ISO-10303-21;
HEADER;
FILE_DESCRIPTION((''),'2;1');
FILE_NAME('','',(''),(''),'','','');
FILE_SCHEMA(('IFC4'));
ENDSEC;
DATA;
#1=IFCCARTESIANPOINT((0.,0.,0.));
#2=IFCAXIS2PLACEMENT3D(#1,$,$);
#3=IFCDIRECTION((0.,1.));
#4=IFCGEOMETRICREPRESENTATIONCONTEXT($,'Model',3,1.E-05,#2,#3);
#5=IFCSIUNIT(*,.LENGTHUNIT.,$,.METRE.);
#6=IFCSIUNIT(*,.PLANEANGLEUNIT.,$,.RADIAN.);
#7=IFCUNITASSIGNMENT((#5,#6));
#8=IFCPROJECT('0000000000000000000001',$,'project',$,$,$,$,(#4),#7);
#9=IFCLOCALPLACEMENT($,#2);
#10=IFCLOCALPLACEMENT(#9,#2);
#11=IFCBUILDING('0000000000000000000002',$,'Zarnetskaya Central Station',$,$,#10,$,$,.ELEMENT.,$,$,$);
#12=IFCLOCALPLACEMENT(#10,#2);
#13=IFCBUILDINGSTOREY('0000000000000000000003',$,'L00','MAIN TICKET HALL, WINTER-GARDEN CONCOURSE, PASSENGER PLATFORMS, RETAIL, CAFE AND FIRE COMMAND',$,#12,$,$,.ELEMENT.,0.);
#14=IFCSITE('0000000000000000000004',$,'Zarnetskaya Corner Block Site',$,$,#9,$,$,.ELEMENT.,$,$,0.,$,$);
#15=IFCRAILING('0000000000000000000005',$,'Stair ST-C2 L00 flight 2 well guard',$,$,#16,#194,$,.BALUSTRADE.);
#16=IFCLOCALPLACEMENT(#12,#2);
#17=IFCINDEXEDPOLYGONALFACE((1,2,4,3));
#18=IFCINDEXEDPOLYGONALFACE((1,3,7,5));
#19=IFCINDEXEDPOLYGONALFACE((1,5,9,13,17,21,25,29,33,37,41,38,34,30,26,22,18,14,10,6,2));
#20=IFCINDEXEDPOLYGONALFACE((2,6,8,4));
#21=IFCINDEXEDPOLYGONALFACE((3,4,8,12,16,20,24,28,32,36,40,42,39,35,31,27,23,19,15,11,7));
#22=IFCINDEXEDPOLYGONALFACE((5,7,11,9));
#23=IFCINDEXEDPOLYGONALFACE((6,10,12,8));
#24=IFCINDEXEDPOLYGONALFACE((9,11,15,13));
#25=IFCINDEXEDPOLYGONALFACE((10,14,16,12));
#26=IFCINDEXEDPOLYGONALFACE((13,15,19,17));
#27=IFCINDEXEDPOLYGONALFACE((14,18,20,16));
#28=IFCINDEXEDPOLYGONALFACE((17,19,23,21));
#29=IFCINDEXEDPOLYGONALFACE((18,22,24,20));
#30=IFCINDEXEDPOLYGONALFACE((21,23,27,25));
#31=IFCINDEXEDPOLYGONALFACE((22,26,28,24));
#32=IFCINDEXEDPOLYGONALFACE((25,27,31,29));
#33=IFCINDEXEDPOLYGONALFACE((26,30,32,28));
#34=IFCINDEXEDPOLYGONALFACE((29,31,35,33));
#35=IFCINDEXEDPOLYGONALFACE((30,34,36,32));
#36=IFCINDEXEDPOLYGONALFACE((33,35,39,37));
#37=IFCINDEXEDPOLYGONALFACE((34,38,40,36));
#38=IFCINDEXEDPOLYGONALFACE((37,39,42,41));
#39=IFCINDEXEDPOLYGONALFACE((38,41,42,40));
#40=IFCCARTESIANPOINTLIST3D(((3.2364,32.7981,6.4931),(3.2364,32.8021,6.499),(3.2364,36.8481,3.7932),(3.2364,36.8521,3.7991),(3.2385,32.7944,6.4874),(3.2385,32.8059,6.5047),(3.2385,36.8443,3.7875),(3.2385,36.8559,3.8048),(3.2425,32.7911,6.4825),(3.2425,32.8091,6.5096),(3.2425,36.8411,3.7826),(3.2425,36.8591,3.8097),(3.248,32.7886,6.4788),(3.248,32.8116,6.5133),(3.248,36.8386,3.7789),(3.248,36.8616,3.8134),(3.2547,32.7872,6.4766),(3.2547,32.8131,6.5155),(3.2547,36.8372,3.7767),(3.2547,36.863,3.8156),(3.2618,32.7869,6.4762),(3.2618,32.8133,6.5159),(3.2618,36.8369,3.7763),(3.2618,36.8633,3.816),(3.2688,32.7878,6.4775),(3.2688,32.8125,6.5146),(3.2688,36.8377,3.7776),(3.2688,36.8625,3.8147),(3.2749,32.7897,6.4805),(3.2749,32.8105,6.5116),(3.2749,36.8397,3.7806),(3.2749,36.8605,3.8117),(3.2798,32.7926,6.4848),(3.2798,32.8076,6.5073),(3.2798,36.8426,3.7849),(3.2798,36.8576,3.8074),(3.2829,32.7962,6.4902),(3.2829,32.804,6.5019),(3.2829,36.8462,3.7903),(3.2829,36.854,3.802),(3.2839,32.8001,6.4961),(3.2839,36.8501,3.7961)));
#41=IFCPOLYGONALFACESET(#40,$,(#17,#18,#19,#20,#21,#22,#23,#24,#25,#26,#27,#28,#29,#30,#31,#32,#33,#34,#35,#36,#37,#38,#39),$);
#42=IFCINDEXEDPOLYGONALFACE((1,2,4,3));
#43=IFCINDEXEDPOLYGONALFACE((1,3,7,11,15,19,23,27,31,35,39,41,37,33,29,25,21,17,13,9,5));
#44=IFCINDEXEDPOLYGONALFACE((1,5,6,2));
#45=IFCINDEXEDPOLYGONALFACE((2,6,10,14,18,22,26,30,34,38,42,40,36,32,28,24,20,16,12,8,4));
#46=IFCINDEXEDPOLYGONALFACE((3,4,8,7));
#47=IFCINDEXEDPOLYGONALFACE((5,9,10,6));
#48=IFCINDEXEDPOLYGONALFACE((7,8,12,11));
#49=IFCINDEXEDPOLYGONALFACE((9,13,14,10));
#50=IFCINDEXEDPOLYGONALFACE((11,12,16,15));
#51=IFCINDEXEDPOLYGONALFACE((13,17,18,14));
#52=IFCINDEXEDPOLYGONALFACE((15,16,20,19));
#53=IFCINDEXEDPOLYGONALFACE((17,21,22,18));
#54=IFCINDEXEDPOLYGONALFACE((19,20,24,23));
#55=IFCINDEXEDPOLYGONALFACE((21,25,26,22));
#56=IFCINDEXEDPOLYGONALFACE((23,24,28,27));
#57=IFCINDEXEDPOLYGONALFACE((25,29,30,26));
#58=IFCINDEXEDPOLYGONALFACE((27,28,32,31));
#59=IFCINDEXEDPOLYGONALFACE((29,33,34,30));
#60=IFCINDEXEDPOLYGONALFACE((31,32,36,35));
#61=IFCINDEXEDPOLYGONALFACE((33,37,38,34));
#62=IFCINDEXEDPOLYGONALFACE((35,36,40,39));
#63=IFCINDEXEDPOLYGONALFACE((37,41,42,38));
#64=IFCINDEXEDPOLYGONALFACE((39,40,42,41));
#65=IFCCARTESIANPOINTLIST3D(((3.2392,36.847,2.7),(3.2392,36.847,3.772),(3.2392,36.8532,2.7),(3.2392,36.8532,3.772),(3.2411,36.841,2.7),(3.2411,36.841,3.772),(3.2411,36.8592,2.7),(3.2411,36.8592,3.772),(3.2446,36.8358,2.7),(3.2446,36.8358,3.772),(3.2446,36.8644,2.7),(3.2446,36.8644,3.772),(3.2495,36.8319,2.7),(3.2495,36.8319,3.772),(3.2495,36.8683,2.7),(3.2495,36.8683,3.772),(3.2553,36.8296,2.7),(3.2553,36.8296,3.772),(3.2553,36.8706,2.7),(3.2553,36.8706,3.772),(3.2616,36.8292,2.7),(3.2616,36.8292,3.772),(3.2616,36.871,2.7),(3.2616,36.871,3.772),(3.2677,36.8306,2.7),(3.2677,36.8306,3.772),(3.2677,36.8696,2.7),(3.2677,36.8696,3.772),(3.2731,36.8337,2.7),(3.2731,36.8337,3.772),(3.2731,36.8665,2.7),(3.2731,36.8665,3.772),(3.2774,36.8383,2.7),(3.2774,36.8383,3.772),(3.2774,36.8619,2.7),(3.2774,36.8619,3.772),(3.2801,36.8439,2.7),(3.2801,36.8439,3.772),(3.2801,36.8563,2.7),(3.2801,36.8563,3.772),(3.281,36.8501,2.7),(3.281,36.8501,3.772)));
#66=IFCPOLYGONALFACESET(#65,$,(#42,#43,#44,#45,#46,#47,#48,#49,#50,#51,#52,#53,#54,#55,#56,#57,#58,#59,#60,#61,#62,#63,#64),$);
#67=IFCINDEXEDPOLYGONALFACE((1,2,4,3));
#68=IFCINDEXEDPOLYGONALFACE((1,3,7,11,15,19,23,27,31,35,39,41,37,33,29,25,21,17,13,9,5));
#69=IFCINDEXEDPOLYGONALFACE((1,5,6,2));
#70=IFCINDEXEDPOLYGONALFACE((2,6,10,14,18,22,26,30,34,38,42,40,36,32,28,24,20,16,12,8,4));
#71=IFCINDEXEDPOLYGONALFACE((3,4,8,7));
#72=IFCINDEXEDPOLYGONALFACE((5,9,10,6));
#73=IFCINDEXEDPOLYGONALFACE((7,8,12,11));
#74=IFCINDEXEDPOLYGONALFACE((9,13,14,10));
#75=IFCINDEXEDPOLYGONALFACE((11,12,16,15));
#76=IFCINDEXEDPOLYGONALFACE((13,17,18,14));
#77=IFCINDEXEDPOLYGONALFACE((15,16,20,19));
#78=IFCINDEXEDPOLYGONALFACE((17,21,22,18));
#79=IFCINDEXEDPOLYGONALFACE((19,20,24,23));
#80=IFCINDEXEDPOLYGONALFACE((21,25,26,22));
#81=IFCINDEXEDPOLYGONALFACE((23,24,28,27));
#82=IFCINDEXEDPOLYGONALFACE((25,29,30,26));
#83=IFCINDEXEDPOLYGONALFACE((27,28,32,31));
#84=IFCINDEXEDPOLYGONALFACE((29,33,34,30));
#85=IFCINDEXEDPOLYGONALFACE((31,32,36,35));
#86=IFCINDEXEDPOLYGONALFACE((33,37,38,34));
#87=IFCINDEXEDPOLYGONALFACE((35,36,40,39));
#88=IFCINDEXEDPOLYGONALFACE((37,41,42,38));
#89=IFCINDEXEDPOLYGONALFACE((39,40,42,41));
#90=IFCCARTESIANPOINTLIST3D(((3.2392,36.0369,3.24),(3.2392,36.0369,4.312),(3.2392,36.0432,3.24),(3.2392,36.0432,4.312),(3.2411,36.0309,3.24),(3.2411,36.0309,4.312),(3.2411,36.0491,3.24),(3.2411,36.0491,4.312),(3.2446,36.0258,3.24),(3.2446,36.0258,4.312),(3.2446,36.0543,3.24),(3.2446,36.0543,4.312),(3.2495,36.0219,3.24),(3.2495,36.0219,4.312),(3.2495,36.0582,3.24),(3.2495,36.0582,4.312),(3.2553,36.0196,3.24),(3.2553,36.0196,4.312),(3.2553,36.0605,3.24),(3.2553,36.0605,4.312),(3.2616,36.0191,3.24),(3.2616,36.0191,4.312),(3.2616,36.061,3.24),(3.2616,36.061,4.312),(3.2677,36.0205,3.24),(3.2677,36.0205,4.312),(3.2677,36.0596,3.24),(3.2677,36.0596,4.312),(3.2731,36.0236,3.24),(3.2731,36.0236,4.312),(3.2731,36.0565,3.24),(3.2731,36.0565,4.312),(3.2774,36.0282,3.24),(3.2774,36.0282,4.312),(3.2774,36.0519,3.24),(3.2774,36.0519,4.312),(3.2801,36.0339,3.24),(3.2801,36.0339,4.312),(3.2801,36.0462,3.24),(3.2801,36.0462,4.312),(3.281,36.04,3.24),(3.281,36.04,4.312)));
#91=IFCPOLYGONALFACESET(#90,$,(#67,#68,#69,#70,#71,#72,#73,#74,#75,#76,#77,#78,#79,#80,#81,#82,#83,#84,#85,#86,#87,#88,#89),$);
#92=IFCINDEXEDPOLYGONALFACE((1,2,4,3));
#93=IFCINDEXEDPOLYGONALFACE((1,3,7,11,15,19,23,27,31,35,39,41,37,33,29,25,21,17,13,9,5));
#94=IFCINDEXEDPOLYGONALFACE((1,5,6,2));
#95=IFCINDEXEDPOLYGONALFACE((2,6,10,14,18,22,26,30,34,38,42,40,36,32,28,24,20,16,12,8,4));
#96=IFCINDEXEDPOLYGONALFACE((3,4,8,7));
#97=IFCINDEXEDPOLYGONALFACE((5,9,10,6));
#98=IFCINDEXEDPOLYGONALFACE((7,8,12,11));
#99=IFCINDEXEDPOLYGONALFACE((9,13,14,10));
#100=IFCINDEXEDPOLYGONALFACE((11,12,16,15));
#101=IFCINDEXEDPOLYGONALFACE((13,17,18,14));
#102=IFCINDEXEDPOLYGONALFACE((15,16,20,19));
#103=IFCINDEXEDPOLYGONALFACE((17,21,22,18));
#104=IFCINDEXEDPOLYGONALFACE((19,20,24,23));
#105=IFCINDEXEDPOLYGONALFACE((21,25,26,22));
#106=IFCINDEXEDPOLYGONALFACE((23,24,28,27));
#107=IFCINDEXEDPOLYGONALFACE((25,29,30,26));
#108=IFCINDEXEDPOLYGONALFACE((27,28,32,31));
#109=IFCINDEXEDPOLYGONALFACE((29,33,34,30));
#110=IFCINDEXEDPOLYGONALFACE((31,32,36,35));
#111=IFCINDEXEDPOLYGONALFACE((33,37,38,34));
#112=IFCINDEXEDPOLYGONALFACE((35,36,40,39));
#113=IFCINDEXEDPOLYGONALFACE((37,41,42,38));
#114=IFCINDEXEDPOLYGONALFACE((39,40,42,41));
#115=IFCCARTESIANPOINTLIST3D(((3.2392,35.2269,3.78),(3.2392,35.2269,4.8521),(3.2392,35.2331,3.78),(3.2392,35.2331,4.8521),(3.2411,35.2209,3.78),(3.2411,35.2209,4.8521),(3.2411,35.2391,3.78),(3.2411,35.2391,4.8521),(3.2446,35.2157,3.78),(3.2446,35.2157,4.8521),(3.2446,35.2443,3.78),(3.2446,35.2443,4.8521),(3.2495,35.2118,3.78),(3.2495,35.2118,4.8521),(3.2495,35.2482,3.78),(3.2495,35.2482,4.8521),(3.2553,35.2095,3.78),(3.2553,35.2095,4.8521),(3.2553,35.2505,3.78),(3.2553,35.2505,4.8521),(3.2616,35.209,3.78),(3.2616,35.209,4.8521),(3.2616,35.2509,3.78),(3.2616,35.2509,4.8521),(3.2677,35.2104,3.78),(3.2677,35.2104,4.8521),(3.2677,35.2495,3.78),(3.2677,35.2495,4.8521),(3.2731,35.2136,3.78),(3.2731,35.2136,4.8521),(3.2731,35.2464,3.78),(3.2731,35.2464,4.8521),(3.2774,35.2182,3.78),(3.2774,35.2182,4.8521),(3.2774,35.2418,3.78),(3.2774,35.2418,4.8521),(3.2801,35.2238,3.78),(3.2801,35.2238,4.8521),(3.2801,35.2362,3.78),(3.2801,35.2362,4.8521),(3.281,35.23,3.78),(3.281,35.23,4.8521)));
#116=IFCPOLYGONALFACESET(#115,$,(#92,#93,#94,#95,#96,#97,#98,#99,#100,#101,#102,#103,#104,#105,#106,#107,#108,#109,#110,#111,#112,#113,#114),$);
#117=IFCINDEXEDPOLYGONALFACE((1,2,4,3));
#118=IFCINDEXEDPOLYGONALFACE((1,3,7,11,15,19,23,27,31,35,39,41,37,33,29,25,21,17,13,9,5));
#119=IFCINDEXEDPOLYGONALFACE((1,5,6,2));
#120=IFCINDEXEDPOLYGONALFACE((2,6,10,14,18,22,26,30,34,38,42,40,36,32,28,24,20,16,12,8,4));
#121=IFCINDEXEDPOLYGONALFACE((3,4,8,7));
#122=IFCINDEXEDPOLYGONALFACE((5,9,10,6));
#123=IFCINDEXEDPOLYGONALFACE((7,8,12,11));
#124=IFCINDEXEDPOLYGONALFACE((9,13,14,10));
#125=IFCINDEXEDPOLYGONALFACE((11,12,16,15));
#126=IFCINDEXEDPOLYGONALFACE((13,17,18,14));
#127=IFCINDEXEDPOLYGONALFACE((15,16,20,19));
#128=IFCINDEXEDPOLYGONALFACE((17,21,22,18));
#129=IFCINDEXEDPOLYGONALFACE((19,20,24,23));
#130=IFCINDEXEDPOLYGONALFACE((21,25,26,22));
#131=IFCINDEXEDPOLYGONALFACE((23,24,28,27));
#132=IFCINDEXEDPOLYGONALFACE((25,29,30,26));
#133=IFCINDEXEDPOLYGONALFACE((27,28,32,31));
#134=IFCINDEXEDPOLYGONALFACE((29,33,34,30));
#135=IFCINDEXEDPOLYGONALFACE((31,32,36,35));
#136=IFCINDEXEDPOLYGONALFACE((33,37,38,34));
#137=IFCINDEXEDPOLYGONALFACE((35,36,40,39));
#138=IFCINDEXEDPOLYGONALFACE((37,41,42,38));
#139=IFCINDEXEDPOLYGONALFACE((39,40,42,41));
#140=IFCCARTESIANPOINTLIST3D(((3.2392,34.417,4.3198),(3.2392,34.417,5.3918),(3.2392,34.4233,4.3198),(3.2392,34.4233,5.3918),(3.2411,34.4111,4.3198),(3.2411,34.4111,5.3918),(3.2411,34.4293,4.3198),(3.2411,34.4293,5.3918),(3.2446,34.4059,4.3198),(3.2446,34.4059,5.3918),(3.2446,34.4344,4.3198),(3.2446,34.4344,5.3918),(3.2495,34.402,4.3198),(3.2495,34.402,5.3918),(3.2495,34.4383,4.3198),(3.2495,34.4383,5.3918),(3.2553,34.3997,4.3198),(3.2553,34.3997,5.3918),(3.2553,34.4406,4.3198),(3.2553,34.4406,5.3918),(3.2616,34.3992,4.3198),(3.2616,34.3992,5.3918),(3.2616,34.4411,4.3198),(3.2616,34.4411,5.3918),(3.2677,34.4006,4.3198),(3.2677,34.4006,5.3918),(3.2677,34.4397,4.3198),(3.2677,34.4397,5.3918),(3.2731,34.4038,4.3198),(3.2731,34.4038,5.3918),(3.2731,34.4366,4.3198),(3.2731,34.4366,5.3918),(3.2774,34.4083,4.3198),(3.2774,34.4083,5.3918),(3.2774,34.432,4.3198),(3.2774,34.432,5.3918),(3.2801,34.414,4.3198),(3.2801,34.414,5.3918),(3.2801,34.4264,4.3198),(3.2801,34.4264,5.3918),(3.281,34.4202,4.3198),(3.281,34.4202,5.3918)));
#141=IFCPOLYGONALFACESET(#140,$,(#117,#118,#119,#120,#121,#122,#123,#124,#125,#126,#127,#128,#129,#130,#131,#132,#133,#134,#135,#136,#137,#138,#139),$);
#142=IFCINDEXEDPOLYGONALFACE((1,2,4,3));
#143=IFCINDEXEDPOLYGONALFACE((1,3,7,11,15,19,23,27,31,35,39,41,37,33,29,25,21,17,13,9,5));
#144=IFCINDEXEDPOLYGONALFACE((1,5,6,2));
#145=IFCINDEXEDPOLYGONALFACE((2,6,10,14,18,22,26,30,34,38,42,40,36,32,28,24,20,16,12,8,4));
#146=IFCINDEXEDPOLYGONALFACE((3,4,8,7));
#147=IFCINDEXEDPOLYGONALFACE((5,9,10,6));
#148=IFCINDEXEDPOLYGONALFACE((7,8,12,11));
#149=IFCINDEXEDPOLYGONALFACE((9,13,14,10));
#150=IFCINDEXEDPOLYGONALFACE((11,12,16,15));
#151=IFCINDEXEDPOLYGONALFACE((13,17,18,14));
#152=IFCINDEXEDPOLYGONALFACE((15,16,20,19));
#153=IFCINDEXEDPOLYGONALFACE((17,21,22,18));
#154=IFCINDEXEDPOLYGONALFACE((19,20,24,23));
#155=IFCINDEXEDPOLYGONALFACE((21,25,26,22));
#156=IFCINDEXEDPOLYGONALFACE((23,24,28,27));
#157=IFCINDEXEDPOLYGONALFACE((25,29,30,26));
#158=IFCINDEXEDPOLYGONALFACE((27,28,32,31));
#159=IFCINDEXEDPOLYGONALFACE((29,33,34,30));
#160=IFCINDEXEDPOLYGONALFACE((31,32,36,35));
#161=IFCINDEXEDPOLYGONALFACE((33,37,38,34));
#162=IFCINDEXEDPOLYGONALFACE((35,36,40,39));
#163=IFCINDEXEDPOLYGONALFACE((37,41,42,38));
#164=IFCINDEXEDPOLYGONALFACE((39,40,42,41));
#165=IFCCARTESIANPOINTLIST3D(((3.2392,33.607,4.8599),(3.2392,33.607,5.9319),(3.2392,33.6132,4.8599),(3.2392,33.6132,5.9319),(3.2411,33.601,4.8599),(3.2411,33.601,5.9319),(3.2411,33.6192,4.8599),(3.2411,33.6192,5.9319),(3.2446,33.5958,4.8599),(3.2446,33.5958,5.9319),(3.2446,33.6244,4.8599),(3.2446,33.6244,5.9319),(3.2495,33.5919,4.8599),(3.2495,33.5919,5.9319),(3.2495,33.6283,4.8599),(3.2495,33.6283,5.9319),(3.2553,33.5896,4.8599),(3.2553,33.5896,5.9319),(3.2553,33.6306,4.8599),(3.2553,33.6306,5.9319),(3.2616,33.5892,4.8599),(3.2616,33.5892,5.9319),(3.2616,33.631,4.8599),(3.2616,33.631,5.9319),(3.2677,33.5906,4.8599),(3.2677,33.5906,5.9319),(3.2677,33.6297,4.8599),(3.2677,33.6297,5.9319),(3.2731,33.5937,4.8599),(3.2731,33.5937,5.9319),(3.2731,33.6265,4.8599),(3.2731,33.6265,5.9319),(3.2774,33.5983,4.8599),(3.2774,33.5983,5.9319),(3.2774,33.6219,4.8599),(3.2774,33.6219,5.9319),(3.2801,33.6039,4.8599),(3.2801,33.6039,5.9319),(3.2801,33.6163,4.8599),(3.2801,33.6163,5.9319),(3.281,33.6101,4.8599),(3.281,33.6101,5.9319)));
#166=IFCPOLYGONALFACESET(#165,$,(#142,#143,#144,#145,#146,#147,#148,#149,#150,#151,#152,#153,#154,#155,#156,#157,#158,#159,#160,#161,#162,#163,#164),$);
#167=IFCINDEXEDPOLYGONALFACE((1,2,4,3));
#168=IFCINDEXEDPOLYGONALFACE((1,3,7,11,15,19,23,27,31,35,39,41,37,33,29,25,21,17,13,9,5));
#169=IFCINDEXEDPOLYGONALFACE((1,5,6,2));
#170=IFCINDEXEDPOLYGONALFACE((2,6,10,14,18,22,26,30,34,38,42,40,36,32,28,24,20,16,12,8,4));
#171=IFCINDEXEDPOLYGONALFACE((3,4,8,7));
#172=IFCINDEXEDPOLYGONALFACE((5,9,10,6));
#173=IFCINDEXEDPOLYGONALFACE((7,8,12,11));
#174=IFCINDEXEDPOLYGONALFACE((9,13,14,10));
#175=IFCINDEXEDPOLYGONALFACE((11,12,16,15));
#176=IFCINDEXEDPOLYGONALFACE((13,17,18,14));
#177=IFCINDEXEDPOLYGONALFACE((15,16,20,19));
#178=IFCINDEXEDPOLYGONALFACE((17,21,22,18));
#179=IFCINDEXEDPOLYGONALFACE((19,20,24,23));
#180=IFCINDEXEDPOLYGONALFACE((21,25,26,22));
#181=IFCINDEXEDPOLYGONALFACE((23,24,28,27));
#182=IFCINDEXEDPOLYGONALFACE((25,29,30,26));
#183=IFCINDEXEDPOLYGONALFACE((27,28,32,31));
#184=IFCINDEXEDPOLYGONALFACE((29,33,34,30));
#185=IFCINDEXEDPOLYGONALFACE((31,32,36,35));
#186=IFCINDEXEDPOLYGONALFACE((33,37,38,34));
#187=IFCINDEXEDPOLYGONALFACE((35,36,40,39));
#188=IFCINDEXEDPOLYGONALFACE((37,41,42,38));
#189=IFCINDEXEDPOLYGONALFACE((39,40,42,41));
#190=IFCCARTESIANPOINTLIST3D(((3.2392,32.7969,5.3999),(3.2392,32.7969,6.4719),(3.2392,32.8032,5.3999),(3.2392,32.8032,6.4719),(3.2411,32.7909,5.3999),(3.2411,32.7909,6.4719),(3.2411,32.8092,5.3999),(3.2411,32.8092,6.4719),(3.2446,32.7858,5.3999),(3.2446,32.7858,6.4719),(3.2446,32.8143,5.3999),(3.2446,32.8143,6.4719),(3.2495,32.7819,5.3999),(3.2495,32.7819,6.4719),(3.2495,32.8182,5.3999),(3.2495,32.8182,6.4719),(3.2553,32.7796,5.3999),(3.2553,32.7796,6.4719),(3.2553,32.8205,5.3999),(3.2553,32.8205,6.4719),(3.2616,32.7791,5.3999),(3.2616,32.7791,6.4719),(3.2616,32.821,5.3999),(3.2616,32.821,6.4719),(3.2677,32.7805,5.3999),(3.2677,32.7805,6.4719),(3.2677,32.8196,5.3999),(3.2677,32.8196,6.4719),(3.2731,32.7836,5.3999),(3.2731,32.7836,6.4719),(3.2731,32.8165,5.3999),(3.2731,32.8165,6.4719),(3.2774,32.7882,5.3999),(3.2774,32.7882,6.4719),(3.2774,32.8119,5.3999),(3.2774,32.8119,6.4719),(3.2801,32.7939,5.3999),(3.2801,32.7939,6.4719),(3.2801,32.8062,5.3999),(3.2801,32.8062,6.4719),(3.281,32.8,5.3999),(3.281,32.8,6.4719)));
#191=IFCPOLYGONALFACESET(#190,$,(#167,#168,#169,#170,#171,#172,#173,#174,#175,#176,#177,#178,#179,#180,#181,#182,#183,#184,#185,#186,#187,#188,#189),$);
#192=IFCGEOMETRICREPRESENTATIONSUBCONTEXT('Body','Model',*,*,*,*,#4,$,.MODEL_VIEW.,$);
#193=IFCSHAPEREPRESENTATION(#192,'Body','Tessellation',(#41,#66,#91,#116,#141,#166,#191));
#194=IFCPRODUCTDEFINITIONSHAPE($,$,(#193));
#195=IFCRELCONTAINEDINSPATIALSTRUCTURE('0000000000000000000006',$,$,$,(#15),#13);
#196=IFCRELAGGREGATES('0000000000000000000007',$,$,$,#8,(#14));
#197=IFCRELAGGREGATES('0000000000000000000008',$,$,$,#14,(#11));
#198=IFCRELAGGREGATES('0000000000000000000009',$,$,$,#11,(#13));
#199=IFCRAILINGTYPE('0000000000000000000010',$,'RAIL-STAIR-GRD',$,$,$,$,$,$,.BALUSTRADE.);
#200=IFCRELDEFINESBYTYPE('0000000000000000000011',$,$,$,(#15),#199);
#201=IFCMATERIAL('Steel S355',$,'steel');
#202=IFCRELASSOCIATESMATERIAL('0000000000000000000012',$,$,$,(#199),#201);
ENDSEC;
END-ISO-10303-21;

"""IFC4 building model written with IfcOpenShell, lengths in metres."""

from ifc_helpers import new_model, si_unit, direction, frame, origin, origin_2d, place, context, subcontext, project, spatial, circle, extrude, material, type_object, element, save


model = new_model("IFC4")

# Units and contexts
model_context = context("Model", 3, precision=1e-05, world=origin(), true_north=direction((0.0, 1.0)))
body_context = subcontext(model_context, "Body", "Model", "MODEL_VIEW")
ifc_project = project(units=[si_unit("LENGTHUNIT", "METRE"), si_unit("PLANEANGLEUNIT", "RADIAN")], contexts=[model_context])

# Site, building, storey
site_placement = place(None, origin())
site = spatial("IfcSite", under=ifc_project, at=site_placement, Name="Zarnetskaya Corner Block Site", CompositionType="ELEMENT", RefElevation=0.0)
building_placement = place(site_placement, origin())
building = spatial("IfcBuilding", under=site, at=building_placement, Name="Zarnetskaya Central Station", CompositionType="ELEMENT")
storey_placement = place(building_placement, origin())
storey = spatial("IfcBuildingStorey", under=building, at=storey_placement, Name="L00", Description="MAIN TICKET HALL, WINTER-GARDEN CONCOURSE, PASSENGER PLATFORMS, RETAIL, CAFE AND FIRE COMMAND", CompositionType="ELEMENT", Elevation=0.0)

# Shared definitions
ifc_material_1 = material(Name="Steel S355", Category="steel")

# Railing
railing_type_1 = type_object("IfcRailingType", Name="RAIL-STAIR-GRD", PredefinedType="BALUSTRADE", material=ifc_material_1)
railing_1_placement = place(storey_placement, frame((3.26, 36.8501, 2.7)))
element("IfcRailing", 1, at=railing_1_placement, inside=storey, type_object=railing_type_1, Name="Stair ST-C2 L00 flight 2 well guard", PredefinedType="BALUSTRADE", context=body_context, shape_type="SweptSolid", body=[
    extrude(circle(Radius=0.0239, at=origin_2d()), frame((0.0, 0.0, 1.0962), z_axis=(0.0, -0.832058, 0.554689), x_axis=(1.0, 0.0, 0.0)), (0.0, 0.0, 1.0), 4.8674),
    extrude(circle(Radius=0.021, at=origin_2d()), origin(), (0.0, 0.0, 1.0), 1.072),
    extrude(circle(Radius=0.021, at=origin_2d()), frame((0.0, -0.8101, 0.54)), (0.0, 0.0, 1.0), 1.072),
    extrude(circle(Radius=0.021, at=origin_2d()), frame((0.0, -1.6201, 1.0801)), (0.0, 0.0, 1.0), 1.072),
    extrude(circle(Radius=0.021, at=origin_2d()), frame((0.0, -2.4299, 1.6199)), (0.0, 0.0, 1.0), 1.072),
    extrude(circle(Radius=0.021, at=origin_2d()), frame((0.0, -3.24, 2.1599)), (0.0, 0.0, 1.0), 1.072),
    extrude(circle(Radius=0.021, at=origin_2d()), frame((0.0, -4.05, 2.7)), (0.0, 0.0, 1.0), 1.072),
])

save(model, "model.ifc")
